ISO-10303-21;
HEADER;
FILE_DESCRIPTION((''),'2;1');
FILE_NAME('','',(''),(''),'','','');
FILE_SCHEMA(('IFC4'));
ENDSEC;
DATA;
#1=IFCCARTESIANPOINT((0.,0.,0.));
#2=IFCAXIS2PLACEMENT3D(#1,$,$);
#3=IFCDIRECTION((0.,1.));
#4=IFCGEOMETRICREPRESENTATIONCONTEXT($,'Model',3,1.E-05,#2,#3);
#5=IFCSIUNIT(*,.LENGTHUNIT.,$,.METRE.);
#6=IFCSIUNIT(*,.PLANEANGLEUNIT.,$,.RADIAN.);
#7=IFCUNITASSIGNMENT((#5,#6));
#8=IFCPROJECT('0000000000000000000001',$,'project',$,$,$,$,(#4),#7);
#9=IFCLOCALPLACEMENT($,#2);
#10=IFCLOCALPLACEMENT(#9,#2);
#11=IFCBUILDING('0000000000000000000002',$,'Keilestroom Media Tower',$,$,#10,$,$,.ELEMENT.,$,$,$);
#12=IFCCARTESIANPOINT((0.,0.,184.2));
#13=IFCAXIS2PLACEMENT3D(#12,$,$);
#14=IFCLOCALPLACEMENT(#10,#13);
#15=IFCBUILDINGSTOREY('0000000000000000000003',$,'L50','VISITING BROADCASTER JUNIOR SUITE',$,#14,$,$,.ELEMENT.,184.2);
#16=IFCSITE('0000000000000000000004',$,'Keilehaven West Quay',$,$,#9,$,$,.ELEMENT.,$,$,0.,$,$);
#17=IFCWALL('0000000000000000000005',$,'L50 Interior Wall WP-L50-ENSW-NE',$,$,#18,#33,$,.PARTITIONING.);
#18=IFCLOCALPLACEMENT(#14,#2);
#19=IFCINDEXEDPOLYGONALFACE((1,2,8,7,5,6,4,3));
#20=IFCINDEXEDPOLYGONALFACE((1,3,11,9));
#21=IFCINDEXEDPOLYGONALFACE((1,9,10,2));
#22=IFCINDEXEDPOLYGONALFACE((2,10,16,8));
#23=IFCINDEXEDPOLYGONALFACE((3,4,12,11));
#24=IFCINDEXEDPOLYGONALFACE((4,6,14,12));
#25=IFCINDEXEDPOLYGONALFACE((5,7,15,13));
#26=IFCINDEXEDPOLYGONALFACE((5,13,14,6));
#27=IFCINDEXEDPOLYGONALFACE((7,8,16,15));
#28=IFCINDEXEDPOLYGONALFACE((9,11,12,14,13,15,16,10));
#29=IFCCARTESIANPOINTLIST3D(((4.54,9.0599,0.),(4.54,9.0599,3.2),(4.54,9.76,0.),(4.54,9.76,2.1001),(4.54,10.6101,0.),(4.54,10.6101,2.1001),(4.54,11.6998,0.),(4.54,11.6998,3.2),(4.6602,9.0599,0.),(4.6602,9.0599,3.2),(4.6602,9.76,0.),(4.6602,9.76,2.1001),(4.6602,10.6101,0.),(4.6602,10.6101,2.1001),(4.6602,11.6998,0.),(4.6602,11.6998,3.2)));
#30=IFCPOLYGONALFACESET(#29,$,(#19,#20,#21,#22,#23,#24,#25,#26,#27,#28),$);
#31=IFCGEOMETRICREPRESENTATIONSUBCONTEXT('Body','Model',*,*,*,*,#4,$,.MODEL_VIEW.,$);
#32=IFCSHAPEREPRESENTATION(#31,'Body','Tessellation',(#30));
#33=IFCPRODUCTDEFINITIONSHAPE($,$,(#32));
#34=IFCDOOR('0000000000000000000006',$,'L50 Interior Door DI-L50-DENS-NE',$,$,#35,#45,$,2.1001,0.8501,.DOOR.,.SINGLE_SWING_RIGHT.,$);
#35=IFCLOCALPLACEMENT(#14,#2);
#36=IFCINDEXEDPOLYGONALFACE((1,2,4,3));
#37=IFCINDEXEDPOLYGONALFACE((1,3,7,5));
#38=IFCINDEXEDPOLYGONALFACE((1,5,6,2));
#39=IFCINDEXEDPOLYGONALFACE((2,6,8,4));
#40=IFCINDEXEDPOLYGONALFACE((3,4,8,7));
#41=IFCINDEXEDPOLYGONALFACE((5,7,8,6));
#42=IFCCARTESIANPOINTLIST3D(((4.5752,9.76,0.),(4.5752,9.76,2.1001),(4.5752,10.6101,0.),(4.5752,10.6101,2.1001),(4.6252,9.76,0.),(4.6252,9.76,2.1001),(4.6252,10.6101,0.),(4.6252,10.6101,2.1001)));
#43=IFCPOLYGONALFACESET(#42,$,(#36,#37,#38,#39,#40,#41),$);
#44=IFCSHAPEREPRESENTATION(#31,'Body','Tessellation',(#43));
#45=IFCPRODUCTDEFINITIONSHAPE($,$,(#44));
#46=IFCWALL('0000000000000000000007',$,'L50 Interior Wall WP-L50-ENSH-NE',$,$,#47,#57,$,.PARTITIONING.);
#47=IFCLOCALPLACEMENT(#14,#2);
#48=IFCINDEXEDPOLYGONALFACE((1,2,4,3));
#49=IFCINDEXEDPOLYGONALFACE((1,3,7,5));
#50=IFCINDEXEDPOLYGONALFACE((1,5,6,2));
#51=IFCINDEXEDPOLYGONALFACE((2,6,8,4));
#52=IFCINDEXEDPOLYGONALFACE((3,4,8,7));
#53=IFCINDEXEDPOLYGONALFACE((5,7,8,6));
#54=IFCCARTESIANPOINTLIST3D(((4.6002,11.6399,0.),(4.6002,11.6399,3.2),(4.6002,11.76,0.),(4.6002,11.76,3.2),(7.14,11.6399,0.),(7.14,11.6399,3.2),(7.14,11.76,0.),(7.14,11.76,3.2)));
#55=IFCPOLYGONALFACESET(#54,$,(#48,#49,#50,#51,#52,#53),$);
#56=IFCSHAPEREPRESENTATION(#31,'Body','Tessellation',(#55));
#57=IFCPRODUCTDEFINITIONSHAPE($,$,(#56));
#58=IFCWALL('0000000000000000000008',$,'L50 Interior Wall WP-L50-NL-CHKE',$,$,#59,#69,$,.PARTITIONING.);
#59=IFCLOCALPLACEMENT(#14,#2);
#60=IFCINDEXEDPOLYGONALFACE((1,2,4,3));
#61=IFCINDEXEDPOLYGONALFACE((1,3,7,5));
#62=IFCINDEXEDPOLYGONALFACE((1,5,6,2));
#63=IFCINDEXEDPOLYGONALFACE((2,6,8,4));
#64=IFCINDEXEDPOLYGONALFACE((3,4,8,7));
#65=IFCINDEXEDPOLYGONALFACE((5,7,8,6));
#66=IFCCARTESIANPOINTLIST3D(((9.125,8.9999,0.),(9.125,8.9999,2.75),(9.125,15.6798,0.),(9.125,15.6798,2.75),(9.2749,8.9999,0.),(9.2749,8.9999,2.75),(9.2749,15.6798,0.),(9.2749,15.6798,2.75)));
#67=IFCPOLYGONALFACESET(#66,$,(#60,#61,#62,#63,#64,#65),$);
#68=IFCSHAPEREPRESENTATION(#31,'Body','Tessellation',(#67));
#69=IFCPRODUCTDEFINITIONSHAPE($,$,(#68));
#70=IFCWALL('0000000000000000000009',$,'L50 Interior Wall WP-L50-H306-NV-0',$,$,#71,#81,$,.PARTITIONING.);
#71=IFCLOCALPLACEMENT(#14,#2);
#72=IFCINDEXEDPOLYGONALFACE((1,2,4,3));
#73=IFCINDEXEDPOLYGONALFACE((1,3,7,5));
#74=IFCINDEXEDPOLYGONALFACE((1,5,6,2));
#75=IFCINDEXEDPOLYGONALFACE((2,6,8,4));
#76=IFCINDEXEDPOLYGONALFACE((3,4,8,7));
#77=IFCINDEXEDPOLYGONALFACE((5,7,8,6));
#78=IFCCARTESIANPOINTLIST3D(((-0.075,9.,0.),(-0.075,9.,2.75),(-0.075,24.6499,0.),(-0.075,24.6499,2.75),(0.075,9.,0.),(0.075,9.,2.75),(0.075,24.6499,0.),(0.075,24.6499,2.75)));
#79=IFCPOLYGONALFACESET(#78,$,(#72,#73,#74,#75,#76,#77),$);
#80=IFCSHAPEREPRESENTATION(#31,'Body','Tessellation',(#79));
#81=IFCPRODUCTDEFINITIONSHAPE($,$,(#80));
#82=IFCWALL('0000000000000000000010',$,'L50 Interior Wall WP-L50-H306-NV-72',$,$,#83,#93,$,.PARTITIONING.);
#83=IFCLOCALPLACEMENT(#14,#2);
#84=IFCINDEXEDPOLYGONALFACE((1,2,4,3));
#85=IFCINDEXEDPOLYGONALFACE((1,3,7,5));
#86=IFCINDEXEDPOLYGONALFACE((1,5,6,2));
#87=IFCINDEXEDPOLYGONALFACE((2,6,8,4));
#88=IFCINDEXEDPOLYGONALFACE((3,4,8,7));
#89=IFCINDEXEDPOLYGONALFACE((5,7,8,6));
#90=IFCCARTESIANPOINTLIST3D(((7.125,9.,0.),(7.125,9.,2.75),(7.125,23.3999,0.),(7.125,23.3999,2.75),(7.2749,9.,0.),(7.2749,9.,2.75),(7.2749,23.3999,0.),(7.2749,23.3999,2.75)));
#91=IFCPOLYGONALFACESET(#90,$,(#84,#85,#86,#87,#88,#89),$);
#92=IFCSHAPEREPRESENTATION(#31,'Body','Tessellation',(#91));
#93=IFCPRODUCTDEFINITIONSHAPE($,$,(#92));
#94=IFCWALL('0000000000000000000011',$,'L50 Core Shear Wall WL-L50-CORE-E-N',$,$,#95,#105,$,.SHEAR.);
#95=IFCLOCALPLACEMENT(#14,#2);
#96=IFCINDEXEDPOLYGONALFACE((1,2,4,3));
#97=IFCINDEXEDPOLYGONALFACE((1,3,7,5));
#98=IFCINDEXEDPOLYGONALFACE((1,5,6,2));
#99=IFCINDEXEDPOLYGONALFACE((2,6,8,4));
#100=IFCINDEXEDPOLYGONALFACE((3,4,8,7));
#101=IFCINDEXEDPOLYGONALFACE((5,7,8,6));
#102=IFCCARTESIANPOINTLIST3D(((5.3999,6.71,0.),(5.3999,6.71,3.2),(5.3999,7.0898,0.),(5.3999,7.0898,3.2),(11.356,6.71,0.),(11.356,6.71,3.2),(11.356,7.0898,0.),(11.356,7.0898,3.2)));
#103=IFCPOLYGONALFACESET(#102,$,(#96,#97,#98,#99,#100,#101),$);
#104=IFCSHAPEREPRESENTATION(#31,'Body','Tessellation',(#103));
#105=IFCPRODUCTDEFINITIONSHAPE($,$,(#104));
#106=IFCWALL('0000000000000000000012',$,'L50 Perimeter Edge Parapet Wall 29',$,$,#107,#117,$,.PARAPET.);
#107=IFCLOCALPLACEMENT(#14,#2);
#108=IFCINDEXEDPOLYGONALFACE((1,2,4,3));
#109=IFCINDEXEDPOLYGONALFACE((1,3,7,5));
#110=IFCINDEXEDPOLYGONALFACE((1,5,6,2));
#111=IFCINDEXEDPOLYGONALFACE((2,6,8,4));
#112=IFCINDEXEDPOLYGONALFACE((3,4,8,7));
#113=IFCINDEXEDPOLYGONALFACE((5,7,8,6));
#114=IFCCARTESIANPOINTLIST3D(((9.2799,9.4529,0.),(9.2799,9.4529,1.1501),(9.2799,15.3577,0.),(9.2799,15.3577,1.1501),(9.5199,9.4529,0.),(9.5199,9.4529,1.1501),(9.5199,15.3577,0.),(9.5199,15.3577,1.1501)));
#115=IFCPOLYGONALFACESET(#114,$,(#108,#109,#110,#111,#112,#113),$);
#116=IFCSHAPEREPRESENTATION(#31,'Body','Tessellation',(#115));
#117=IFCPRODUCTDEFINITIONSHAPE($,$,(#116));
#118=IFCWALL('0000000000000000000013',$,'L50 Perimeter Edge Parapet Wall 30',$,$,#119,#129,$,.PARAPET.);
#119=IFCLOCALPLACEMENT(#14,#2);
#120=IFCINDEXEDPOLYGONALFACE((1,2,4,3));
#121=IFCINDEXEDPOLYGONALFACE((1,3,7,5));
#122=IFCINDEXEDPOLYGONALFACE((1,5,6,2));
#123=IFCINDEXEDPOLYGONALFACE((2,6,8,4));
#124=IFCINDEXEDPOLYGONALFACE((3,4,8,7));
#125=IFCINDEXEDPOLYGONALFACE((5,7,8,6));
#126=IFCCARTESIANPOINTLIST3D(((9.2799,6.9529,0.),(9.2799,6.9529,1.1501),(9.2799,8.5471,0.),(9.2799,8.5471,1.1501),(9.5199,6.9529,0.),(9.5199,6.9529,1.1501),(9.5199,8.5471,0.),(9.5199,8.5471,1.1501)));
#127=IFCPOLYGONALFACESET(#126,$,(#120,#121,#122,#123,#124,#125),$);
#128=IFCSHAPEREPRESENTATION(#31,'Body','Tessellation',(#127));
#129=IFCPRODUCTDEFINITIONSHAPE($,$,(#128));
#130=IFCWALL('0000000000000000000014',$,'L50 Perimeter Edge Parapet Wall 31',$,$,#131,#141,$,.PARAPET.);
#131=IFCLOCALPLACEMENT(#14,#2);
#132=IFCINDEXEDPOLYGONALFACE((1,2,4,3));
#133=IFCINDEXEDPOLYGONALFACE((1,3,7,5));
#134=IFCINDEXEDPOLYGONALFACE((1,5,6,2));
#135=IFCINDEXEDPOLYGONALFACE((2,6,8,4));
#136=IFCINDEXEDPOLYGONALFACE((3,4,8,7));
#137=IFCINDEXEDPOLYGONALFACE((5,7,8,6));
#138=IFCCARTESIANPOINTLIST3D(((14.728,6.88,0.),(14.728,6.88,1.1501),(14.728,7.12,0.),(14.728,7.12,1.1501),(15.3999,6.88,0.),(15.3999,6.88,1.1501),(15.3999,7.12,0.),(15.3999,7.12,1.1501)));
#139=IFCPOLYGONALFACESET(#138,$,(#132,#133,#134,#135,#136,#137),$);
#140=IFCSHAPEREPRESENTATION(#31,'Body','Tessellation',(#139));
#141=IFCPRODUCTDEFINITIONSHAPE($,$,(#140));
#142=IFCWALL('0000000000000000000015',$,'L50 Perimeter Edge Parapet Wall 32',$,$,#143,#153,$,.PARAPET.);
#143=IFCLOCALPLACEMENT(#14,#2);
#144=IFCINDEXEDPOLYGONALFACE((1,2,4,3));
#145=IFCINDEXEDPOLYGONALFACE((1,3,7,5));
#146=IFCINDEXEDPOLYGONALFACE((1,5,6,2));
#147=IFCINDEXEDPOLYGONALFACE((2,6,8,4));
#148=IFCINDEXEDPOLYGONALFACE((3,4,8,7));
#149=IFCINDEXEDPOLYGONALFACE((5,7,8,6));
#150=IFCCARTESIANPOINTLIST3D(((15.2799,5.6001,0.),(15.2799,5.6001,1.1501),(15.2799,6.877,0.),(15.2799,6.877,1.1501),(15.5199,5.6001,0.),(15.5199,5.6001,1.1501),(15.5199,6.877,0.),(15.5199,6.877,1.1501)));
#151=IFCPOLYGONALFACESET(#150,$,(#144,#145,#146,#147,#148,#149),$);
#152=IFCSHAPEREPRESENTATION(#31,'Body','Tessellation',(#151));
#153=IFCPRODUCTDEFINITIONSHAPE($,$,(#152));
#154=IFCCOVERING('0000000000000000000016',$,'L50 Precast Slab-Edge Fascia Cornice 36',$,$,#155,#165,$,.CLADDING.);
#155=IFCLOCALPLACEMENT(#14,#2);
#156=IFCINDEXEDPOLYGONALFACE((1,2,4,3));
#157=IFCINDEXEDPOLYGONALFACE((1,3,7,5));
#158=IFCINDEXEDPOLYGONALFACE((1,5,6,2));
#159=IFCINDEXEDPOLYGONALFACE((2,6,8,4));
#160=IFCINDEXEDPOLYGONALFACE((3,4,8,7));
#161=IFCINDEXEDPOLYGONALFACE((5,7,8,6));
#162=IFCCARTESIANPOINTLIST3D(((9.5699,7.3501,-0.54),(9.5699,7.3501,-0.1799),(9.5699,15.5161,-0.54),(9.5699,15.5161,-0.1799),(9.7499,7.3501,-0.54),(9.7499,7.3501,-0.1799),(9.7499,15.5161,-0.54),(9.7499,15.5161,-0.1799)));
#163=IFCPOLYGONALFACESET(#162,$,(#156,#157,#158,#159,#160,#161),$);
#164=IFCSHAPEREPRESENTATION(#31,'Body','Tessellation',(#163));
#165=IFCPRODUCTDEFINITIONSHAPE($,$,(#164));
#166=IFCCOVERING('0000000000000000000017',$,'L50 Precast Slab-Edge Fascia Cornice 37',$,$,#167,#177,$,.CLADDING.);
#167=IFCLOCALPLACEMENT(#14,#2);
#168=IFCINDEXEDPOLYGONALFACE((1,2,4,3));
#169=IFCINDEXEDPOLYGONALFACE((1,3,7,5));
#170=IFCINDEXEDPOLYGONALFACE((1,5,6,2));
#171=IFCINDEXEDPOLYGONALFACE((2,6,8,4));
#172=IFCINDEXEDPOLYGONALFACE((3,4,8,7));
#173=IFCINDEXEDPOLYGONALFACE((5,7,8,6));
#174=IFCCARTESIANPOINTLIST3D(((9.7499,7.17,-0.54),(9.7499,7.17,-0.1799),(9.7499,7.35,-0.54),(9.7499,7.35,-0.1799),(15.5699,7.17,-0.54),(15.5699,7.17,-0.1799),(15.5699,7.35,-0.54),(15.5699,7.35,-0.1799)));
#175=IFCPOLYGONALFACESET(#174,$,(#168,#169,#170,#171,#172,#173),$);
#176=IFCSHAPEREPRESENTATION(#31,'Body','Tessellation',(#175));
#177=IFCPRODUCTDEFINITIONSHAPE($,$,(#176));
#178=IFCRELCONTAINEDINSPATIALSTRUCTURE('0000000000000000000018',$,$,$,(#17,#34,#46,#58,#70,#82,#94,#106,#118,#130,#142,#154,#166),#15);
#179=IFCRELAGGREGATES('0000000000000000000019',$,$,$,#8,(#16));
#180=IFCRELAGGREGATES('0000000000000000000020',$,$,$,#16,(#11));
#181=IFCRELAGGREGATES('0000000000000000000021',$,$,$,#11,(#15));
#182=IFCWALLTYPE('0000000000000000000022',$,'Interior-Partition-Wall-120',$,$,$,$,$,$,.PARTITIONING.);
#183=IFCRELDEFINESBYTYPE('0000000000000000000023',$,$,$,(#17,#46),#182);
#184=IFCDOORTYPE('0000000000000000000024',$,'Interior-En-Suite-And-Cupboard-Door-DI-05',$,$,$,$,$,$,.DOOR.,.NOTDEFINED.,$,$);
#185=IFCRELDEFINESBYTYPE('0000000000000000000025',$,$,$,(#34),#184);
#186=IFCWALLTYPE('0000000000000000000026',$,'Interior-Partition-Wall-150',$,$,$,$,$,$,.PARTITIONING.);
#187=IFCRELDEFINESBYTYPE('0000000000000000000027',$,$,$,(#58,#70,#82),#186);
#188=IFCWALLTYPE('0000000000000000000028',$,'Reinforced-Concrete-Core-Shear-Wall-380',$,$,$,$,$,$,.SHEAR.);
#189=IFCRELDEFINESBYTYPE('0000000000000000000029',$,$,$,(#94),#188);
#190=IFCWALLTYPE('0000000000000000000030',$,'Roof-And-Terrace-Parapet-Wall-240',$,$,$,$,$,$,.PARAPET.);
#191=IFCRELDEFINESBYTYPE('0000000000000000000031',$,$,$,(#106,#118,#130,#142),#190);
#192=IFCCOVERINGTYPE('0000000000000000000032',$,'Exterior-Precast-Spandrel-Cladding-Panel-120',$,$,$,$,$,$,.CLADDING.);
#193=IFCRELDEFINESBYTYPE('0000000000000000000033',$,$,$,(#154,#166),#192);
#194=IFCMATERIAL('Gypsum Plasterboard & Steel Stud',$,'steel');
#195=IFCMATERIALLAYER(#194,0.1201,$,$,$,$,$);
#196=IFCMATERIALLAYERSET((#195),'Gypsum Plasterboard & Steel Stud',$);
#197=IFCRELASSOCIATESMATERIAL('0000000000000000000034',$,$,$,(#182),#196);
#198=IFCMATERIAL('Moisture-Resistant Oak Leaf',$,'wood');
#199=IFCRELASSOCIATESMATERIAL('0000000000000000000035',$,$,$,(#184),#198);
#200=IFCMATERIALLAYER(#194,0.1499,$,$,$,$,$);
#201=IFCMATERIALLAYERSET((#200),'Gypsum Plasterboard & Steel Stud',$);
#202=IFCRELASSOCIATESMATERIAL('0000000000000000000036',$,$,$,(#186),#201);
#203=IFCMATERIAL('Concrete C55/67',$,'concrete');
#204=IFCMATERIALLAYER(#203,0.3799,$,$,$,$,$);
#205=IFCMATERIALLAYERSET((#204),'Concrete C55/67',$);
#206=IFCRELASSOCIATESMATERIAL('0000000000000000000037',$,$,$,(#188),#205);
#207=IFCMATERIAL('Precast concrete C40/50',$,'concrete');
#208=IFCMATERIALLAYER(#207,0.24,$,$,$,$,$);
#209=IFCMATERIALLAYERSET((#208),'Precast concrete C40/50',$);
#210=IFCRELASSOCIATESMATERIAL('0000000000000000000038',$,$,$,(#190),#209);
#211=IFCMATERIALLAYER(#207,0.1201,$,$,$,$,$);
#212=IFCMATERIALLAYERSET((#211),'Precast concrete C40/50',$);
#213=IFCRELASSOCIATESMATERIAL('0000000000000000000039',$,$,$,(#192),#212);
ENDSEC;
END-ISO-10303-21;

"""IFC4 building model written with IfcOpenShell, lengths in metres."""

from ifc_helpers import new_model, si_unit, direction, frame, frame_2d, origin, origin_2d, place, context, subcontext, project, spatial, rectangle, extrude, source, transform, mapped, material, layer, layer_set, type_object, element, fill, save


model = new_model("IFC4")

# Units and contexts
model_context = context("Model", 3, precision=1e-05, world=origin(), true_north=direction((0.0, 1.0)))
body_context = subcontext(model_context, "Body", "Model", "MODEL_VIEW")
ifc_project = project(units=[si_unit("LENGTHUNIT", "METRE"), si_unit("PLANEANGLEUNIT", "RADIAN")], contexts=[model_context])

# Site, building, storey
site_placement = place(None, origin())
site = spatial("IfcSite", under=ifc_project, at=site_placement, Name="Keilehaven West Quay", CompositionType="ELEMENT", RefElevation=0.0)
building_placement = place(site_placement, origin())
building = spatial("IfcBuilding", under=site, at=building_placement, Name="Keilestroom Media Tower", CompositionType="ELEMENT")
storey_placement = place(building_placement, frame((0.0, 0.0, 184.2)))
storey = spatial("IfcBuildingStorey", under=building, at=storey_placement, Name="L50", Description="VISITING BROADCASTER JUNIOR SUITE", CompositionType="ELEMENT", Elevation=184.2)

# Shared definitions
ifc_material_1 = material(Name="Precast concrete C40/50", Category="concrete")
ifc_material_2 = material(Name="Concrete C55/67", Category="concrete")

# Wall, opening, door
ifc_material_3 = material(Name="Gypsum Plasterboard & Steel Stud", Category="steel")
ifc_layer_1 = layer(ifc_material_3, 0.1201)
ifc_layer_set_1 = layer_set([ifc_layer_1], Name="Gypsum Plasterboard & Steel Stud")
wall_type_1 = type_object("IfcWallType", Name="Interior-Partition-Wall-120", PredefinedType="PARTITIONING", material=ifc_layer_set_1)
wall_1_placement = place(storey_placement, frame((4.6001, 9.0601, 0.0), z_axis=(0.0, 0.0, 1.0), x_axis=(0.0, 1.0, 0.0)))
wall_1 = element("IfcWall", 1, at=wall_1_placement, inside=storey, type_object=wall_type_1, Name="L50 Interior Wall WP-L50-ENSW-NE", PredefinedType="PARTITIONING", context=body_context, shape_type="SweptSolid", body=[
    extrude(rectangle(XDim=2.6399, YDim=0.1201, at=frame_2d((1.3198, 0.0))), origin(), (0.0, 0.0, 1.0), 3.2),
])
opening_placement = place(wall_1_placement, frame((0.7, 0.0, 0.0)))
opening = element("IfcOpeningElement", 2, at=opening_placement, cuts=wall_1, PredefinedType="OPENING", context=body_context, shape_type="SweptSolid", body=[
    extrude(rectangle(XDim=0.8501, YDim=2.1001, at=frame_2d((0.425, 1.05))), frame((0.0, 0.0701, 0.0), z_axis=(0.0, -1.0, 0.0), x_axis=(1.0, 0.0, 0.0)), (0.0, 0.0, 1.0), 0.1401),
])
ifc_material_4 = material(Name="Moisture-Resistant Oak Leaf", Category="wood")
door_type = type_object("IfcDoorType", Name="Interior-En-Suite-And-Cupboard-Door-DI-05", OperationType="NOTDEFINED", PredefinedType="DOOR", material=ifc_material_4)
shared_shape_1 = source(origin(), body_context, "Body", "SweptSolid", [
    extrude(rectangle(XDim=0.8501, YDim=2.1001, at=frame_2d((0.425, 1.05))), frame((0.0, 0.0249, 0.0), z_axis=(0.0, -1.0, 0.0), x_axis=(1.0, 0.0, 0.0)), (0.0, 0.0, 1.0), 0.05),
])
door_placement = place(opening_placement, origin())
door = element("IfcDoor", 3, at=door_placement, inside=storey, type_object=door_type, Name="L50 Interior Door DI-L50-DENS-NE", OperationType="SINGLE_SWING_RIGHT", OverallHeight=2.1001, OverallWidth=0.8501, PredefinedType="DOOR", context=body_context, shape_type="MappedRepresentation", body=[
    mapped(shared_shape_1, transform((0.0, 0.0, 0.0), x_axis=(1.0, 0.0, 0.0), y_axis=(0.0, 1.0, 0.0), z_axis=(0.0, 0.0, 1.0), scale=1.0)),
])
fill(opening, door)

# Walls
wall_2_placement = place(storey_placement, frame((4.6001, 11.7, 0.0), z_axis=(0.0, 0.0, 1.0), x_axis=(1.0, 0.0, 0.0)))
element("IfcWall", 4, at=wall_2_placement, inside=storey, type_object=wall_type_1, Name="L50 Interior Wall WP-L50-ENSH-NE", PredefinedType="PARTITIONING", context=body_context, shape_type="SweptSolid", body=[
    extrude(rectangle(XDim=2.5398, YDim=0.1201, at=frame_2d((1.27, 0.0))), origin(), (0.0, 0.0, 1.0), 3.2),
])
ifc_layer_2 = layer(ifc_material_3, 0.1499)
ifc_layer_set_2 = layer_set([ifc_layer_2], Name="Gypsum Plasterboard & Steel Stud")
wall_type_2 = type_object("IfcWallType", Name="Interior-Partition-Wall-150", PredefinedType="PARTITIONING", material=ifc_layer_set_2)
wall_3_placement = place(storey_placement, frame((9.2, 9.0, 0.0), z_axis=(0.0, 0.0, 1.0), x_axis=(0.0, 1.0, 0.0)))
element("IfcWall", 5, at=wall_3_placement, inside=storey, type_object=wall_type_2, Name="L50 Interior Wall WP-L50-NL-CHKE", PredefinedType="PARTITIONING", context=body_context, shape_type="SweptSolid", body=[
    extrude(rectangle(XDim=6.6799, YDim=0.1499, at=frame_2d((3.3398, 0.0))), origin(), (0.0, 0.0, 1.0), 2.75),
])
wall_4_placement = place(storey_placement, frame((0.0, 9.0, 0.0), z_axis=(0.0, 0.0, 1.0), x_axis=(0.0, 1.0, 0.0)))
element("IfcWall", 6, at=wall_4_placement, inside=storey, type_object=wall_type_2, Name="L50 Interior Wall WP-L50-H306-NV-0", PredefinedType="PARTITIONING", context=body_context, shape_type="SweptSolid", body=[
    extrude(rectangle(XDim=15.6499, YDim=0.1499, at=frame_2d((7.825, 0.0))), origin(), (0.0, 0.0, 1.0), 2.75),
])
wall_5_placement = place(storey_placement, frame((7.2, 9.0, 0.0), z_axis=(0.0, 0.0, 1.0), x_axis=(0.0, 1.0, 0.0)))
element("IfcWall", 7, at=wall_5_placement, inside=storey, type_object=wall_type_2, Name="L50 Interior Wall WP-L50-H306-NV-72", PredefinedType="PARTITIONING", context=body_context, shape_type="SweptSolid", body=[
    extrude(rectangle(XDim=14.3999, YDim=0.1499, at=frame_2d((7.2, 0.0))), origin(), (0.0, 0.0, 1.0), 2.75),
])
ifc_layer_3 = layer(ifc_material_2, 0.3799)
ifc_layer_set_3 = layer_set([ifc_layer_3], Name="Concrete C55/67")
wall_type_3 = type_object("IfcWallType", Name="Reinforced-Concrete-Core-Shear-Wall-380", PredefinedType="SHEAR", material=ifc_layer_set_3)
wall_6_placement = place(storey_placement, frame((5.3999, 6.8999, 0.0), z_axis=(0.0, 0.0, 1.0), x_axis=(1.0, 0.0, 0.0)))
element("IfcWall", 8, at=wall_6_placement, inside=storey, type_object=wall_type_3, Name="L50 Core Shear Wall WL-L50-CORE-E-N", PredefinedType="SHEAR", context=body_context, shape_type="SweptSolid", body=[
    extrude(rectangle(XDim=5.9561, YDim=0.3799, at=frame_2d((2.978, 0.0))), origin(), (0.0, 0.0, 1.0), 3.2),
])
ifc_layer_4 = layer(ifc_material_1, 0.24)
ifc_layer_set_4 = layer_set([ifc_layer_4], Name="Precast concrete C40/50")
wall_type_4 = type_object("IfcWallType", Name="Roof-And-Terrace-Parapet-Wall-240", PredefinedType="PARAPET", material=ifc_layer_set_4)
wall_7_placement = place(storey_placement, frame((9.3999, 15.3577, 0.0), z_axis=(0.0, 0.0, 1.0), x_axis=(0.0, -1.0, 0.0)))
element("IfcWall", 9, at=wall_7_placement, inside=storey, type_object=wall_type_4, Name="L50 Perimeter Edge Parapet Wall 29", PredefinedType="PARAPET", context=body_context, shape_type="SweptSolid", body=[
    extrude(rectangle(XDim=5.9048, YDim=0.24, at=frame_2d((2.9524, 0.0))), origin(), (0.0, 0.0, 1.0), 1.1501),
])
wall_8_placement = place(storey_placement, frame((9.3999, 8.5471, 0.0), z_axis=(0.0, 0.0, 1.0), x_axis=(0.0, -1.0, 0.0)))
element("IfcWall", 10, at=wall_8_placement, inside=storey, type_object=wall_type_4, Name="L50 Perimeter Edge Parapet Wall 30", PredefinedType="PARAPET", context=body_context, shape_type="SweptSolid", body=[
    extrude(rectangle(XDim=1.5942, YDim=0.24, at=frame_2d((0.7971, 0.0))), origin(), (0.0, 0.0, 1.0), 1.1501),
])
wall_9_placement = place(storey_placement, frame((14.728, 7.0, 0.0), z_axis=(0.0, 0.0, 1.0), x_axis=(1.0, 0.0, 0.0)))
element("IfcWall", 11, at=wall_9_placement, inside=storey, type_object=wall_type_4, Name="L50 Perimeter Edge Parapet Wall 31", PredefinedType="PARAPET", context=body_context, shape_type="SweptSolid", body=[
    extrude(rectangle(XDim=0.6719, YDim=0.24, at=frame_2d((0.3359, 0.0))), origin(), (0.0, 0.0, 1.0), 1.1501),
])
wall_10_placement = place(storey_placement, frame((15.3999, 6.877, 0.0), z_axis=(0.0, 0.0, 1.0), x_axis=(0.0, -1.0, 0.0)))
element("IfcWall", 12, at=wall_10_placement, inside=storey, type_object=wall_type_4, Name="L50 Perimeter Edge Parapet Wall 32", PredefinedType="PARAPET", context=body_context, shape_type="SweptSolid", body=[
    extrude(rectangle(XDim=1.2769, YDim=0.24, at=frame_2d((0.6384, 0.0))), origin(), (0.0, 0.0, 1.0), 1.1501),
])

# Coverings
ifc_layer_5 = layer(ifc_material_1, 0.1201)
ifc_layer_set_5 = layer_set([ifc_layer_5], Name="Precast concrete C40/50")
covering_type = type_object("IfcCoveringType", Name="Exterior-Precast-Spandrel-Cladding-Panel-120", PredefinedType="CLADDING", material=ifc_layer_set_5)
shared_shape_2 = source(origin(), body_context, "Body", "SweptSolid", [
    extrude(rectangle(XDim=8.166, YDim=0.1799, at=origin_2d()), origin(), (0.0, 0.0, 1.0), 0.3601),
])
covering_1_placement = place(storey_placement, frame((9.6599, 11.4331, -0.54), z_axis=(0.0, 0.0, 1.0), x_axis=(0.0, -1.0, 0.0)))
element("IfcCovering", 13, at=covering_1_placement, inside=storey, type_object=covering_type, Name="L50 Precast Slab-Edge Fascia Cornice 36", PredefinedType="CLADDING", context=body_context, shape_type="MappedRepresentation", body=[
    mapped(shared_shape_2, transform((0.0, 0.0, 0.0), x_axis=(1.0, 0.0, 0.0), y_axis=(0.0, 1.0, 0.0), z_axis=(0.0, 0.0, 1.0), scale=1.0)),
])
shared_shape_3 = source(origin(), body_context, "Body", "SweptSolid", [
    extrude(rectangle(XDim=5.8201, YDim=0.1799, at=origin_2d()), origin(), (0.0, 0.0, 1.0), 0.3601),
])
covering_2_placement = place(storey_placement, frame((12.6599, 7.26, -0.54), z_axis=(0.0, 0.0, 1.0), x_axis=(1.0, 0.0, 0.0)))
element("IfcCovering", 14, at=covering_2_placement, inside=storey, type_object=covering_type, Name="L50 Precast Slab-Edge Fascia Cornice 37", PredefinedType="CLADDING", context=body_context, shape_type="MappedRepresentation", body=[
    mapped(shared_shape_3, transform((0.0, 0.0, 0.0), x_axis=(1.0, 0.0, 0.0), y_axis=(0.0, 1.0, 0.0), z_axis=(0.0, 0.0, 1.0), scale=1.0)),
])

save(model, "model.ifc")
